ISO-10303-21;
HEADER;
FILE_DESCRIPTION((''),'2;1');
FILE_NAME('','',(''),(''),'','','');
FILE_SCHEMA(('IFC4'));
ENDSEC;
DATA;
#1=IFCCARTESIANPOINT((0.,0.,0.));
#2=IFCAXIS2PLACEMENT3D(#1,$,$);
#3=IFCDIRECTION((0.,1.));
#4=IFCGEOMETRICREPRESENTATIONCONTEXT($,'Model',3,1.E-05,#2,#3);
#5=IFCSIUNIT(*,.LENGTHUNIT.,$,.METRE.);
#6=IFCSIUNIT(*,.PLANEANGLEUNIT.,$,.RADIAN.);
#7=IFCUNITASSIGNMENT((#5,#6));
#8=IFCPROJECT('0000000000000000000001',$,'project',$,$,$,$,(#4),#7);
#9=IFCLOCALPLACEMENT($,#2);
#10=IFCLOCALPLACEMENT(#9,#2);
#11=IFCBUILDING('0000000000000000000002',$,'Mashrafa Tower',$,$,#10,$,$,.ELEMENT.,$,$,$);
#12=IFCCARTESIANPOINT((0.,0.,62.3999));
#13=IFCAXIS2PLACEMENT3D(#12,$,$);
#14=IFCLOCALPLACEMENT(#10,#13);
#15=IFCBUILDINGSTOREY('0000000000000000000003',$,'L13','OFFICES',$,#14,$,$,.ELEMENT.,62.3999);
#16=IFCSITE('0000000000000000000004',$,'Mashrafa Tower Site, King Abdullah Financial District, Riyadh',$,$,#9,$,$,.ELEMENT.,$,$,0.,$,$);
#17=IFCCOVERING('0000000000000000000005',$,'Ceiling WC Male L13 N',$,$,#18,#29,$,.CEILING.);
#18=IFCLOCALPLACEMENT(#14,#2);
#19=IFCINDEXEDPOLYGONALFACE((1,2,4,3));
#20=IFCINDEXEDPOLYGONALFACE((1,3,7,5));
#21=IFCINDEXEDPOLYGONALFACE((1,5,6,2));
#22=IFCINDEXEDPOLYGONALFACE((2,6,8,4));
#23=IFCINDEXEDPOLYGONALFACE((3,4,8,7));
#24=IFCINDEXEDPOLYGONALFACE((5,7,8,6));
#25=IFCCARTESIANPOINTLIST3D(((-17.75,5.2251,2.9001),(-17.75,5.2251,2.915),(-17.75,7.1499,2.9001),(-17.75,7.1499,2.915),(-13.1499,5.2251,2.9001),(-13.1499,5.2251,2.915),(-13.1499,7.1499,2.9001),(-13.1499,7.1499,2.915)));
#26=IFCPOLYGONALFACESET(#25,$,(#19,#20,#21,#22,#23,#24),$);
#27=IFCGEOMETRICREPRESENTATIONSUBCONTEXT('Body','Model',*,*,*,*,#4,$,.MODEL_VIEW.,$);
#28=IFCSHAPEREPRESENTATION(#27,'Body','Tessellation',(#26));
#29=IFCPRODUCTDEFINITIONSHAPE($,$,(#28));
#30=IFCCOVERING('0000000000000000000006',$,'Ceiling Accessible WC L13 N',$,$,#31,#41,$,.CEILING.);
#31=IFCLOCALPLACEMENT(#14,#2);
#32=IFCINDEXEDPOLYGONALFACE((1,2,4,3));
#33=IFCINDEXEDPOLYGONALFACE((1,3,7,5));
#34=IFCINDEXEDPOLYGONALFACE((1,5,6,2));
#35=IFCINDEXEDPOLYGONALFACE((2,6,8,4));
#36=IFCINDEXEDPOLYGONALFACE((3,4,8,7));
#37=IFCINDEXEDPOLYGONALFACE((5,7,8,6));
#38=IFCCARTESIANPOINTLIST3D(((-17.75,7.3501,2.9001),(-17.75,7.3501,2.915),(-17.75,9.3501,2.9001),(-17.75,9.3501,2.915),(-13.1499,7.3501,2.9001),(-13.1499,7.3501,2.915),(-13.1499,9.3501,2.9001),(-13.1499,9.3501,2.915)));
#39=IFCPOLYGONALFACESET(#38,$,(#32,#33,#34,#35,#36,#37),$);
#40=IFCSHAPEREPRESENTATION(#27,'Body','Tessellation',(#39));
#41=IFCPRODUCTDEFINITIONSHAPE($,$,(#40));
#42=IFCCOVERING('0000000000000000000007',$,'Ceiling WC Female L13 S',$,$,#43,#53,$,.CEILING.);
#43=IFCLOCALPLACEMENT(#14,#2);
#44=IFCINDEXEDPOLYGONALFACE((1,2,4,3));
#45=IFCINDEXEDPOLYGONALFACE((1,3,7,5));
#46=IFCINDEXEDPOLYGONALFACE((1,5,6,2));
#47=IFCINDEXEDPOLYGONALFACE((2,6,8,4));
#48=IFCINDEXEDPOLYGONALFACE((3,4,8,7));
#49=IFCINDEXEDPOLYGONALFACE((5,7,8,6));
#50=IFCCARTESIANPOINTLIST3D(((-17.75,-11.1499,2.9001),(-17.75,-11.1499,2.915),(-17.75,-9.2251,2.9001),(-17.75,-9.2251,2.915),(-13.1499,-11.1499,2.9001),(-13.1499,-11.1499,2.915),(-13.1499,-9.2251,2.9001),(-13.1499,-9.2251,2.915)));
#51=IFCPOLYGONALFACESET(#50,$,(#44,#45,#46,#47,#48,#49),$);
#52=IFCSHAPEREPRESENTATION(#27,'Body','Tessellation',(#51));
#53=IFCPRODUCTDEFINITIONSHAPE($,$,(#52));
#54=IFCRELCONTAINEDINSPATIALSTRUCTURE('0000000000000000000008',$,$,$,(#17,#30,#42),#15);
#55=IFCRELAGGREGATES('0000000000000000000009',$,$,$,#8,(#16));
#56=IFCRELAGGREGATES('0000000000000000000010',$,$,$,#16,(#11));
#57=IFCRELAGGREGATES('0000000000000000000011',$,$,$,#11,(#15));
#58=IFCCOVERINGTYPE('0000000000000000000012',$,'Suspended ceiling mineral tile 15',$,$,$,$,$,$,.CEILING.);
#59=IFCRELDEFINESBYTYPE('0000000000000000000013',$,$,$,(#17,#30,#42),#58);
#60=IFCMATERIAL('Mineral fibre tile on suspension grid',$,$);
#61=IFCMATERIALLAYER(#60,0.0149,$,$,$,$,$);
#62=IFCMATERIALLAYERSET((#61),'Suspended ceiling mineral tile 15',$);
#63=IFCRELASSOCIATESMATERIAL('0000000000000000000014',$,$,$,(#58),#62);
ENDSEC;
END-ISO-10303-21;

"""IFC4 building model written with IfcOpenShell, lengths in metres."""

from ifc_helpers import new_model, si_unit, direction, frame, origin, place, context, subcontext, project, spatial, polyline, outline, extrude, material, layer, layer_set, type_object, element, save


model = new_model("IFC4")

# Units and contexts
model_context = context("Model", 3, precision=1e-05, world=origin(), true_north=direction((0.0, 1.0)))
body_context = subcontext(model_context, "Body", "Model", "MODEL_VIEW")
ifc_project = project(units=[si_unit("LENGTHUNIT", "METRE"), si_unit("PLANEANGLEUNIT", "RADIAN")], contexts=[model_context])

# Site, building, storey
site_placement = place(None, origin())
site = spatial("IfcSite", under=ifc_project, at=site_placement, Name="Mashrafa Tower Site, King Abdullah Financial District, Riyadh", CompositionType="ELEMENT", RefElevation=0.0)
building_placement = place(site_placement, origin())
building = spatial("IfcBuilding", under=site, at=building_placement, Name="Mashrafa Tower", CompositionType="ELEMENT")
storey_placement = place(building_placement, frame((0.0, 0.0, 62.3999)))
storey = spatial("IfcBuildingStorey", under=building, at=storey_placement, Name="L13", Description="OFFICES", CompositionType="ELEMENT", Elevation=62.3999)

# Coverings
ifc_material_1 = material(Name="Mineral fibre tile on suspension grid")
ifc_layer_1 = layer(ifc_material_1, 0.0149)
ifc_layer_set_1 = layer_set([ifc_layer_1], Name="Suspended ceiling mineral tile 15")
covering_type_1 = type_object("IfcCoveringType", Name="Suspended ceiling mineral tile 15", PredefinedType="CEILING", material=ifc_layer_set_1)
covering_1_placement = place(storey_placement, frame((0.0, 0.0, 2.9001)))
element("IfcCovering", 1, at=covering_1_placement, inside=storey, type_object=covering_type_1, Name="Ceiling WC Male L13 N", PredefinedType="CEILING", context=body_context, shape_type="SweptSolid", body=[
    extrude(outline(polyline([(-17.75, 5.2251), (-17.75, 7.1499), (-13.1499, 7.1499), (-13.1499, 5.2251), (-17.75, 5.2251)])), origin(), (0.0, 0.0, 1.0), 0.0149),
])
covering_2_placement = place(storey_placement, frame((0.0, 0.0, 2.9001)))
element("IfcCovering", 2, at=covering_2_placement, inside=storey, type_object=covering_type_1, Name="Ceiling Accessible WC L13 N", PredefinedType="CEILING", context=body_context, shape_type="SweptSolid", body=[
    extrude(outline(polyline([(-17.75, 7.3501), (-17.75, 9.3501), (-13.1499, 9.3501), (-13.1499, 7.3501), (-17.75, 7.3501)])), origin(), (0.0, 0.0, 1.0), 0.0149),
])
covering_3_placement = place(storey_placement, frame((0.0, 0.0, 2.9001)))
element("IfcCovering", 3, at=covering_3_placement, inside=storey, type_object=covering_type_1, Name="Ceiling WC Female L13 S", PredefinedType="CEILING", context=body_context, shape_type="SweptSolid", body=[
    extrude(outline(polyline([(-17.75, -11.1499), (-17.75, -9.2251), (-13.1499, -9.2251), (-13.1499, -11.1499), (-17.75, -11.1499)])), origin(), (0.0, 0.0, 1.0), 0.0149),
])

save(model, "model.ifc")
